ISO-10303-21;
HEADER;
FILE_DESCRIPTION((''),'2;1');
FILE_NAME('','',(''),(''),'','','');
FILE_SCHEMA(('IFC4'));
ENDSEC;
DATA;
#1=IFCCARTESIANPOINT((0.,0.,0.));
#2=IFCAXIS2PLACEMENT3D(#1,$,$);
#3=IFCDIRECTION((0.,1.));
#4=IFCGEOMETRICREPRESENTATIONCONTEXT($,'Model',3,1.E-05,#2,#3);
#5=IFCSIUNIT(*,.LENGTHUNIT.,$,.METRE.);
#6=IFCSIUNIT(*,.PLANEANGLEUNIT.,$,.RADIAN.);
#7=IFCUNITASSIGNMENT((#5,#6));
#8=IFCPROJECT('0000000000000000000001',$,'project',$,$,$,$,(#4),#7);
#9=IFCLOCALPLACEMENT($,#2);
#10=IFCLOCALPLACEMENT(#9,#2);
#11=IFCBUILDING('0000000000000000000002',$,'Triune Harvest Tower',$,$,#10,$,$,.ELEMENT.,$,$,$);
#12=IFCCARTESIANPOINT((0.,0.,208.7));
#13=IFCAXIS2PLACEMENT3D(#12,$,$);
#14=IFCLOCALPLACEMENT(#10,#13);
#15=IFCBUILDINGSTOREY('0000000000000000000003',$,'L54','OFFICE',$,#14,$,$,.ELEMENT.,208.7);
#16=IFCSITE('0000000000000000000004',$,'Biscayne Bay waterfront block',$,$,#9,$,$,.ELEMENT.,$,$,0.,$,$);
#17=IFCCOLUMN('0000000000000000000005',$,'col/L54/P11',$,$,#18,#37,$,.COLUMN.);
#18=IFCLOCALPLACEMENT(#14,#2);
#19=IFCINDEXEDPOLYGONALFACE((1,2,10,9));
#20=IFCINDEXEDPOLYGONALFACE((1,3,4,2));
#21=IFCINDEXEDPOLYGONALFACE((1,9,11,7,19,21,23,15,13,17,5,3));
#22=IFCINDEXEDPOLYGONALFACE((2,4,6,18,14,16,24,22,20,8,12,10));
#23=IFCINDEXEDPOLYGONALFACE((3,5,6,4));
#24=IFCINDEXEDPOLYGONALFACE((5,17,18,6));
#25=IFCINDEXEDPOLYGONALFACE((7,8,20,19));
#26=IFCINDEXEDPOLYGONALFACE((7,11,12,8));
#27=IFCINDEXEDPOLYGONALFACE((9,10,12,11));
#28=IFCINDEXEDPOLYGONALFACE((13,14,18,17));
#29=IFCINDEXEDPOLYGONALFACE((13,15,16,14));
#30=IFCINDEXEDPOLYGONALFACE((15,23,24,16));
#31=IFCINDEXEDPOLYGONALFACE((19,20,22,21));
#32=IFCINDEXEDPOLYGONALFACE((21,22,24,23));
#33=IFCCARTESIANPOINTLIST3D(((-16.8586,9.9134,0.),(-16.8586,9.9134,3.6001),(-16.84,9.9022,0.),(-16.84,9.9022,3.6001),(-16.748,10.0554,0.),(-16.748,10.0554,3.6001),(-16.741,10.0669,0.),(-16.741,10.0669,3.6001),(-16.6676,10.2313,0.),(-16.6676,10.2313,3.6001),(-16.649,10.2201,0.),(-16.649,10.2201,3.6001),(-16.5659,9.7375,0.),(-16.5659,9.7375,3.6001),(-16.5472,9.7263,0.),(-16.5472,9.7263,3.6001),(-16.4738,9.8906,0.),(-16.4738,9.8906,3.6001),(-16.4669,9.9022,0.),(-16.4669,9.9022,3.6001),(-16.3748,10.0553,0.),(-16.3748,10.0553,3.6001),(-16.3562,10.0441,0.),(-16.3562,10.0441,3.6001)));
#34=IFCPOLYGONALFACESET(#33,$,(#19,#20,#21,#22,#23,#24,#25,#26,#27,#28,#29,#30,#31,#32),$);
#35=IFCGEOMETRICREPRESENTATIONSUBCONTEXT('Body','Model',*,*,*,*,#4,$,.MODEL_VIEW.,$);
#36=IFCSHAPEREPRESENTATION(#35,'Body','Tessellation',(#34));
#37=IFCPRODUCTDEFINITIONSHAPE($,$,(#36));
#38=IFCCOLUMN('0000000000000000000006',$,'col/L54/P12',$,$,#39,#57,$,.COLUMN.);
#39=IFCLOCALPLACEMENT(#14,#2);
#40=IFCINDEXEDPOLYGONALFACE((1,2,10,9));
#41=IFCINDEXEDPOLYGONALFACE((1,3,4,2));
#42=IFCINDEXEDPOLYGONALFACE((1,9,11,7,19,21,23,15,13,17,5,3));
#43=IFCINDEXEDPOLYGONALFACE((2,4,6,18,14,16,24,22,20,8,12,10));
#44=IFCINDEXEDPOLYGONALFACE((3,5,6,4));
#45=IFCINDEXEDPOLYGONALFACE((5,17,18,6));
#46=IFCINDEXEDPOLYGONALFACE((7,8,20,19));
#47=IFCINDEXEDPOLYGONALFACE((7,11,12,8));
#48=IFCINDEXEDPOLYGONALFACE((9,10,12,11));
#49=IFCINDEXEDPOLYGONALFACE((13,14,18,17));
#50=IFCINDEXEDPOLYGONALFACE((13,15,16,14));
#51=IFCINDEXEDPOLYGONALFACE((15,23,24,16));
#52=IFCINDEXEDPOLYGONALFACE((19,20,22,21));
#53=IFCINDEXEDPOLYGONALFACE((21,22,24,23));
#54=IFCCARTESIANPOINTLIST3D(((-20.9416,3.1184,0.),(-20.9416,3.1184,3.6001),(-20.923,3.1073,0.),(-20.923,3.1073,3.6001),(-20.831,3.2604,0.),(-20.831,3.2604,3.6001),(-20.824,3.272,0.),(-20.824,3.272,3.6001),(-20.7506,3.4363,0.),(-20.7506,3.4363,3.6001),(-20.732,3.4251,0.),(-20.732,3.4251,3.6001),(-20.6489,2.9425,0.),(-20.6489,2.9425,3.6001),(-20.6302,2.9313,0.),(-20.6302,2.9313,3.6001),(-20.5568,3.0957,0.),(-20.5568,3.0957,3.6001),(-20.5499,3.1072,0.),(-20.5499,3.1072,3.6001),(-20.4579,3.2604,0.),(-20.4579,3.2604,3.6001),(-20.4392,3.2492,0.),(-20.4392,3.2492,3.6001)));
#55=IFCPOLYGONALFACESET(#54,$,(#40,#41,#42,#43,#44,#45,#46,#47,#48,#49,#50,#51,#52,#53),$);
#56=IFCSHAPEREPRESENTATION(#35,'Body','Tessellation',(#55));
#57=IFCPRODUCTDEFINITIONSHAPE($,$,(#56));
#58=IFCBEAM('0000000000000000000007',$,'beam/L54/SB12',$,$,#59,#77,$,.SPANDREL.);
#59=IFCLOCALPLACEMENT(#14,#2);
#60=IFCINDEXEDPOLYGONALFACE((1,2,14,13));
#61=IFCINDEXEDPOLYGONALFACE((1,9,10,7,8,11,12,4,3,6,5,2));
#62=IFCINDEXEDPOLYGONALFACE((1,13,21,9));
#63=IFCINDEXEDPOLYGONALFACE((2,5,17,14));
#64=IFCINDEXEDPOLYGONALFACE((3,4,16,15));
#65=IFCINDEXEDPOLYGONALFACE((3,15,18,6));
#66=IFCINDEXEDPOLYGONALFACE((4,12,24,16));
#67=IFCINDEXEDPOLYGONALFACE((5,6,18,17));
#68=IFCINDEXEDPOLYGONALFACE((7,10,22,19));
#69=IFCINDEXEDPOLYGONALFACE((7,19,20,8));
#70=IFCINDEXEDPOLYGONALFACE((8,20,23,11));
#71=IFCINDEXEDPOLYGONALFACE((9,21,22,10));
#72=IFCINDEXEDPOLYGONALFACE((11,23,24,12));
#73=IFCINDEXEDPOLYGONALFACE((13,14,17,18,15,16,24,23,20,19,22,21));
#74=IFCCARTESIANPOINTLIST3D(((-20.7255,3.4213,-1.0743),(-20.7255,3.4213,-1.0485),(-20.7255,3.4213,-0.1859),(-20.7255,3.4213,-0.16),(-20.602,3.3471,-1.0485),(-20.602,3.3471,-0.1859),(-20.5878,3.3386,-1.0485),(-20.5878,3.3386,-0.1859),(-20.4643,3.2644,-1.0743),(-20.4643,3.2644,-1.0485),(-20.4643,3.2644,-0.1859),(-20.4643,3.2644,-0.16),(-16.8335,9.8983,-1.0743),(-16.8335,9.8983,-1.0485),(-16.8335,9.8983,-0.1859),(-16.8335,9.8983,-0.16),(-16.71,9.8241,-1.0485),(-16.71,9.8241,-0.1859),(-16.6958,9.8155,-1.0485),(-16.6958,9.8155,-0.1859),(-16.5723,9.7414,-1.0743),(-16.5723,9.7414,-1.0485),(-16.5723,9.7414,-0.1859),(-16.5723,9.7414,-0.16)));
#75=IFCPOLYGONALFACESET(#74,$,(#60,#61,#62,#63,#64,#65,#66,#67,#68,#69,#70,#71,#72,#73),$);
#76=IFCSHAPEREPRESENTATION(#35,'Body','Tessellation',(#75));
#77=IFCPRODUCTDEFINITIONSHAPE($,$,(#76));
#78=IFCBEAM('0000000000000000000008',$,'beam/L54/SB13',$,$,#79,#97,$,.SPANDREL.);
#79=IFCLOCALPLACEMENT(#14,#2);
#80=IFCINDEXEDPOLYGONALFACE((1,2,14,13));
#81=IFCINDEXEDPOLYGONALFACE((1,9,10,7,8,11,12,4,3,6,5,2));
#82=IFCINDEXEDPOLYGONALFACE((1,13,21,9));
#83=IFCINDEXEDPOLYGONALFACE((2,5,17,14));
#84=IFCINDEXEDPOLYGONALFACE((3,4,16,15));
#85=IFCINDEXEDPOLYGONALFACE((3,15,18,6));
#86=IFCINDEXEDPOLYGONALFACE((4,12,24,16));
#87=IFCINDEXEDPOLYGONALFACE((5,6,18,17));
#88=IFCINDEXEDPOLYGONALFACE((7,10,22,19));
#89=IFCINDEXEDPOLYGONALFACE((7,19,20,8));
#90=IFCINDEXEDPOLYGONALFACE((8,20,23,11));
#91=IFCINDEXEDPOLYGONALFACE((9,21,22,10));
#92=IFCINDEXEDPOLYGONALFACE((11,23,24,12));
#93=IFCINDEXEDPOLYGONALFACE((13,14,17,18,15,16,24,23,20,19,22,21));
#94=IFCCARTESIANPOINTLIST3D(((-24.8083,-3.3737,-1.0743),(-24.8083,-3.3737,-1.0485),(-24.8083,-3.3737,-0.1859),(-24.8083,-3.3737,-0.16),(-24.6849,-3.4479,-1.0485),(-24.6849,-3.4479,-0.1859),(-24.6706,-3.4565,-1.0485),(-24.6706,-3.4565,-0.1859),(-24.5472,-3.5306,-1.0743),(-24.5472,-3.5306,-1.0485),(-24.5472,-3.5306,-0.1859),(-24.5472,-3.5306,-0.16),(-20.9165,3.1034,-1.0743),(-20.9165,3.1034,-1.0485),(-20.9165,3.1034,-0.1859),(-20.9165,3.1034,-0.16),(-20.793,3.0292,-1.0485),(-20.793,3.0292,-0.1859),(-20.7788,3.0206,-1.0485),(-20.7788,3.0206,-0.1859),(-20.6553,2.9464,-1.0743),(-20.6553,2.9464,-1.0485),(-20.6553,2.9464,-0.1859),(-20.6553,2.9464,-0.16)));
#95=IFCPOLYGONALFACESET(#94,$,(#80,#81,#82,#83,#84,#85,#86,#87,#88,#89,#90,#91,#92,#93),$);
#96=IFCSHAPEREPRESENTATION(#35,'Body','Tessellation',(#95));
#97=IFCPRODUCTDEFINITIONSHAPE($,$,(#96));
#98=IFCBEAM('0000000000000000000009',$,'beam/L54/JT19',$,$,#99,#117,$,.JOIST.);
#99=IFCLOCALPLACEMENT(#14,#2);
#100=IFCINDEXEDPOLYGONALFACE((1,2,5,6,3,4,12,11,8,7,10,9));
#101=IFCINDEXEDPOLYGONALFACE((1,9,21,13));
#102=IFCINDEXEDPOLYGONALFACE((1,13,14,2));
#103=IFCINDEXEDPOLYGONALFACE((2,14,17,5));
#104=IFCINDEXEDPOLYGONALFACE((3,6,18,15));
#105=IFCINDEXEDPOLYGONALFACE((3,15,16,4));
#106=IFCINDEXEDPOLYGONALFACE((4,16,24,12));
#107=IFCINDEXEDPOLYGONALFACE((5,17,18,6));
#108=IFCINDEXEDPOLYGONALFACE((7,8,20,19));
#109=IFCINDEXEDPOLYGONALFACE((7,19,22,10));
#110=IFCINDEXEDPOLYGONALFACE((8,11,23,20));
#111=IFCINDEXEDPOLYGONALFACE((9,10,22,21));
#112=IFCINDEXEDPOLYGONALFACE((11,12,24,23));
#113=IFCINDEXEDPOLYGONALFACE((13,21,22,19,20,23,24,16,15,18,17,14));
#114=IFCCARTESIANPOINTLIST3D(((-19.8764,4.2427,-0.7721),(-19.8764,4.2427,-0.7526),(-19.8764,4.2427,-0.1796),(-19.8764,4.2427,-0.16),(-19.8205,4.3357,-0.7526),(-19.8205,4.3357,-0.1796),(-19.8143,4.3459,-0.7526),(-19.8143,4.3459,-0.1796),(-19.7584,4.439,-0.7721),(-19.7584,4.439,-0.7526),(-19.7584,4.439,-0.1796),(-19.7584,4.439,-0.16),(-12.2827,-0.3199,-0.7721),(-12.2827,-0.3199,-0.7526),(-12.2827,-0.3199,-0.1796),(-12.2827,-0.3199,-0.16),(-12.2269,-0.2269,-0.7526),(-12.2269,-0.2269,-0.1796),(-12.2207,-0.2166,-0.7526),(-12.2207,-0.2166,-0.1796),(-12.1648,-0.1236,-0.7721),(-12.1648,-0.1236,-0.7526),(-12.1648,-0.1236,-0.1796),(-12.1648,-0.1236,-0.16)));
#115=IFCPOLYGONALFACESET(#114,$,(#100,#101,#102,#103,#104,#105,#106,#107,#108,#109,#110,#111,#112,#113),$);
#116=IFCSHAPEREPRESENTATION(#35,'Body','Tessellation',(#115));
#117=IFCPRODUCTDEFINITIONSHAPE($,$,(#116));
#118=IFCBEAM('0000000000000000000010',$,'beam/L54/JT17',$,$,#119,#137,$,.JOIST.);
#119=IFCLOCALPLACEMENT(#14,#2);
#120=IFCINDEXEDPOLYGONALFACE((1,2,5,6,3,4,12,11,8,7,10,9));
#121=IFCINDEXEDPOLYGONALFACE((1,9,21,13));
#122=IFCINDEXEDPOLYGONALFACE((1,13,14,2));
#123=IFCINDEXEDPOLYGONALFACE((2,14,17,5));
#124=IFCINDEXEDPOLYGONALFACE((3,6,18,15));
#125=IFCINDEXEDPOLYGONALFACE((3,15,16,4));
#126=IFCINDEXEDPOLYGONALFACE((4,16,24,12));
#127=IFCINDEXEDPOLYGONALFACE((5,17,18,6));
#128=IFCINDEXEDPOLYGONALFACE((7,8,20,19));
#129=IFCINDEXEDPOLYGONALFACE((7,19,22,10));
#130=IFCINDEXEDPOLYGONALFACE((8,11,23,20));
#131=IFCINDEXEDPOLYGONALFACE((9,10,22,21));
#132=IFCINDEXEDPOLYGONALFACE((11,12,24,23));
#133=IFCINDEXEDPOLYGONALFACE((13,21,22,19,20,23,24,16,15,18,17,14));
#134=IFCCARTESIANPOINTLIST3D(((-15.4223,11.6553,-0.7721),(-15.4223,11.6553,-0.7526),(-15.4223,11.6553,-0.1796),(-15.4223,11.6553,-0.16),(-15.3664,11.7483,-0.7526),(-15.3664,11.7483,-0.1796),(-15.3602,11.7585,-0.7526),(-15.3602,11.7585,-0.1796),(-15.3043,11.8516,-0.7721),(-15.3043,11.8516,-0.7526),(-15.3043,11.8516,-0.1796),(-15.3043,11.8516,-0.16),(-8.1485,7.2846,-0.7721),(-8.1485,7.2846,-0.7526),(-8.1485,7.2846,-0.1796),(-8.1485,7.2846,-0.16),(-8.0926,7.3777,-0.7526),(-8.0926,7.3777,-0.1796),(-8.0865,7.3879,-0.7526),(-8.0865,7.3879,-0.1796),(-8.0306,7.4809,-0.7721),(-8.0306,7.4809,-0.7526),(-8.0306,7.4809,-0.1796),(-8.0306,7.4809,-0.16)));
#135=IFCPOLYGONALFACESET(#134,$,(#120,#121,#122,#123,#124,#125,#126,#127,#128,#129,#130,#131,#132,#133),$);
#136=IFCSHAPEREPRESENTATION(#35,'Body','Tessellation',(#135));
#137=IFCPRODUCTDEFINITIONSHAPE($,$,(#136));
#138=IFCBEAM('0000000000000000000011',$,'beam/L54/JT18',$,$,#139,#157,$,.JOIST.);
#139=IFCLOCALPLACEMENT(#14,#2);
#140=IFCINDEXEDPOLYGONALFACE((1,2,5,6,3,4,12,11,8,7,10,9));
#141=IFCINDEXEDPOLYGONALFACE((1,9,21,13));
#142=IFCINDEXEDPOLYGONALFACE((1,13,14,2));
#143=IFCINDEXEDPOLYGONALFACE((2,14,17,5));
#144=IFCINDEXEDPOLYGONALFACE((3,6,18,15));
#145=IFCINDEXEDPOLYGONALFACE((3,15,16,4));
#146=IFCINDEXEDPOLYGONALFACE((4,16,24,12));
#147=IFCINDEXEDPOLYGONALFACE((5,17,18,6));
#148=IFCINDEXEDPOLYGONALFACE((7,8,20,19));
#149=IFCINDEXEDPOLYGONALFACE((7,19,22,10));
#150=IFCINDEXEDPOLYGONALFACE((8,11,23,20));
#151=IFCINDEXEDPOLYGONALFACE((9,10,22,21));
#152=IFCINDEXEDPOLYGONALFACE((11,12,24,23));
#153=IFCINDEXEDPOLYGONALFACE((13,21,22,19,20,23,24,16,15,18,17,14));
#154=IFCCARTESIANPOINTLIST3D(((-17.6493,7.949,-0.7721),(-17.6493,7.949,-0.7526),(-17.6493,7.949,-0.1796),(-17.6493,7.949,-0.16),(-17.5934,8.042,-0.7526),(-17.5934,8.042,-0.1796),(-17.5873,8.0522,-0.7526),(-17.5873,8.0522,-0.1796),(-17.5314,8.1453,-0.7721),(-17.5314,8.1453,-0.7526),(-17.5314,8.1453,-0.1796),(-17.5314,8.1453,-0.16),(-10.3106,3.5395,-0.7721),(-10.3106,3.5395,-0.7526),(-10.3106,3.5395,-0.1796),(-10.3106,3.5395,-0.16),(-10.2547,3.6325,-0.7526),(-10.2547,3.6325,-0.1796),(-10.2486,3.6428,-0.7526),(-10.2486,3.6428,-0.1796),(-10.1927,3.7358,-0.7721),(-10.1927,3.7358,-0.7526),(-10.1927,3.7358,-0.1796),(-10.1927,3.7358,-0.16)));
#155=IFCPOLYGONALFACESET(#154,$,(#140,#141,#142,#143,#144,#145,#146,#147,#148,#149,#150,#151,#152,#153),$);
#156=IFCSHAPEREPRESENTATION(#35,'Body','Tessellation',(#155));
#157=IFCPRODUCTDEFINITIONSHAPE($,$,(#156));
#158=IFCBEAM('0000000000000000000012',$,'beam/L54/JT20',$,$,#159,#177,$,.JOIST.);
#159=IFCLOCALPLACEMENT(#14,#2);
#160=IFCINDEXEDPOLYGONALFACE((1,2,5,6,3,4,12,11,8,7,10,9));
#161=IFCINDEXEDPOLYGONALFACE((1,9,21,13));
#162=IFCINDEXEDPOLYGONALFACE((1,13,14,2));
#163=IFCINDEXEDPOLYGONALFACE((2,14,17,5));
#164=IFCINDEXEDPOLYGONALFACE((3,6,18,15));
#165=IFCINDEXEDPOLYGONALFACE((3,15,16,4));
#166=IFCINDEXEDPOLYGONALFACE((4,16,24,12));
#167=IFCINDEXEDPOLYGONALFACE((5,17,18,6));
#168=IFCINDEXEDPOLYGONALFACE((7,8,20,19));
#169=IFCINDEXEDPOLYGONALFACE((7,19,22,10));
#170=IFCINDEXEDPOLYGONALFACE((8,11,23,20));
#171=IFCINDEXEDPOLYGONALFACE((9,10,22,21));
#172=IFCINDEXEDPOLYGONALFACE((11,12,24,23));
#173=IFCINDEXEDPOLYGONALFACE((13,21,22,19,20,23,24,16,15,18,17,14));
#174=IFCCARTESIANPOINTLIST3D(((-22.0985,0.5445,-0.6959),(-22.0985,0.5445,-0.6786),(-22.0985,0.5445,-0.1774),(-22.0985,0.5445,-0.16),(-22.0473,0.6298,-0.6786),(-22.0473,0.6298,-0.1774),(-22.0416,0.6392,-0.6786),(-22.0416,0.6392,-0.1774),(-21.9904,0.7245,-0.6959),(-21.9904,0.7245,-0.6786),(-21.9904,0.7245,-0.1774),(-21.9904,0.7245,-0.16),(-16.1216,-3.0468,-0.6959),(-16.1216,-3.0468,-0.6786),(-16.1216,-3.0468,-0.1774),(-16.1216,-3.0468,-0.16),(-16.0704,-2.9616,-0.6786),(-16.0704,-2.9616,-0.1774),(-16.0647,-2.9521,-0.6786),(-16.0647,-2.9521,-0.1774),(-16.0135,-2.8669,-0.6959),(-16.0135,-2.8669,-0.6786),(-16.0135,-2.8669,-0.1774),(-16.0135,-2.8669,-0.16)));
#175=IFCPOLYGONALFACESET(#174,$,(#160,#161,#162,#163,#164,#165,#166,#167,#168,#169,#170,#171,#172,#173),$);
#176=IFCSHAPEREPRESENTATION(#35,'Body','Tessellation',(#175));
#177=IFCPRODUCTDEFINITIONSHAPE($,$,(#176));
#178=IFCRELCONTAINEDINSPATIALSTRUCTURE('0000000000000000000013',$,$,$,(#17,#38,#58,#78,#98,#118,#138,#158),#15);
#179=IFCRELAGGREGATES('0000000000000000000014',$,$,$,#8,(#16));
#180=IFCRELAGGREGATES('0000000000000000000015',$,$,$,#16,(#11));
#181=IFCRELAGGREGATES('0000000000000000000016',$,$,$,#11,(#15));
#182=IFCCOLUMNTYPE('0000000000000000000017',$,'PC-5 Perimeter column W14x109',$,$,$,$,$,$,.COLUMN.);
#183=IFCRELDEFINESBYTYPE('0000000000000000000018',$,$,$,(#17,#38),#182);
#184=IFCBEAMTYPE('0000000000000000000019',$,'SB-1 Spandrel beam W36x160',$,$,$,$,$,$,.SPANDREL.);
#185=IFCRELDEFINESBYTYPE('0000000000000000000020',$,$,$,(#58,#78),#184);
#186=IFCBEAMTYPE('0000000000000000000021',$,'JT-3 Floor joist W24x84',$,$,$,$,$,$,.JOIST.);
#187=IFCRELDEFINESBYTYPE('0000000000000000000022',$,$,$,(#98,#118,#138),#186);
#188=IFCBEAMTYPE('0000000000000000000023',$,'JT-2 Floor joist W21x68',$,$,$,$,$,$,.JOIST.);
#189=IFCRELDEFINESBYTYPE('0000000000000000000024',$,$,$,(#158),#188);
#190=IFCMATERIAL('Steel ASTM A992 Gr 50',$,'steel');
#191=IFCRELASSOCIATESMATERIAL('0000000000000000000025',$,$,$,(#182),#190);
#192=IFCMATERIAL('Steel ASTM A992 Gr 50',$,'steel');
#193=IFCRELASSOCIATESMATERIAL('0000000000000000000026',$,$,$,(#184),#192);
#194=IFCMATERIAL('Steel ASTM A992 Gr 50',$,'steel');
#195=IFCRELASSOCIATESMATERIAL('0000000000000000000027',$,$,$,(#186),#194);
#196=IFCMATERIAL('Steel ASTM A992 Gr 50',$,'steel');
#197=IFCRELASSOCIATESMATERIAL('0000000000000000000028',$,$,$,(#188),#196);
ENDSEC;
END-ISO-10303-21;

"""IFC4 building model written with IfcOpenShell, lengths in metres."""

from ifc_helpers import new_model, si_unit, direction, frame, origin, origin_2d, place, context, subcontext, project, spatial, i_section, extrude, source, transform, mapped, material, material_profile, profile_set, type_object, element, save


model = new_model("IFC4")

# Units and contexts
model_context = context("Model", 3, precision=1e-05, world=origin(), true_north=direction((0.0, 1.0)))
body_context = subcontext(model_context, "Body", "Model", "MODEL_VIEW")
ifc_project = project(units=[si_unit("LENGTHUNIT", "METRE"), si_unit("PLANEANGLEUNIT", "RADIAN")], contexts=[model_context])

# Site, building, storey
site_placement = place(None, origin())
site = spatial("IfcSite", under=ifc_project, at=site_placement, Name="Biscayne Bay waterfront block", CompositionType="ELEMENT", RefElevation=0.0)
building_placement = place(site_placement, origin())
building = spatial("IfcBuilding", under=site, at=building_placement, Name="Triune Harvest Tower", CompositionType="ELEMENT")
storey_placement = place(building_placement, frame((0.0, 0.0, 208.7)))
storey = spatial("IfcBuildingStorey", under=building, at=storey_placement, Name="L54", Description="OFFICE", CompositionType="ELEMENT", Elevation=208.7)

# Columns
ifc_material_1 = material(Name="Steel ASTM A992 Gr 50", Category="steel")
ifc_material_profile_1 = material_profile(ifc_material_1, i_section(OverallWidth=0.3708, OverallDepth=0.3633, WebThickness=0.0134, FlangeThickness=0.0217, at=origin_2d()), Name="W14x109")
ifc_profile_set_1 = profile_set([ifc_material_profile_1], Name="Steel ASTM A992 Gr 50")
column_type = type_object("IfcColumnType", Name="PC-5 Perimeter column W14x109", PredefinedType="COLUMN", material=ifc_profile_set_1)
shared_shape_1 = source(origin(), body_context, "Body", "SweptSolid", [
    extrude(i_section(OverallWidth=0.3708, OverallDepth=0.3633, WebThickness=0.0134, FlangeThickness=0.0217, at=origin_2d()), origin(), (0.0, 0.0, 1.0), 3.6001),
])
for number, where, z_axis, x_axis, name in (
    (1, (-16.6074, 9.9788, 0.0), (0.0, 0.0, 1.0), (-0.515037, -0.857168, 0.0), "col/L54/P11"),
    (2, (-20.6904, 3.1838, 0.0), (0.0, 0.0, 1.0), (-0.515037, -0.857168, 0.0), "col/L54/P12"),
):
    element("IfcColumn", number, at=place(storey_placement, frame(where, z_axis=z_axis, x_axis=x_axis)), inside=storey, type_object=column_type, Name=name, PredefinedType="COLUMN", context=body_context, shape_type="MappedRepresentation", body=[
        mapped(shared_shape_1, transform((0.0, 0.0, 0.0), scale=1.0)),
    ])

# Beams
ifc_material_2 = material(Name="Steel ASTM A992 Gr 50", Category="steel")
ifc_material_profile_2 = material_profile(ifc_material_2, i_section(OverallWidth=0.3047, OverallDepth=0.9143, WebThickness=0.0166, FlangeThickness=0.0259, at=origin_2d()), Name="W36x160")
ifc_profile_set_2 = profile_set([ifc_material_profile_2], Name="Steel ASTM A992 Gr 50")
beam_type_1 = type_object("IfcBeamType", Name="SB-1 Spandrel beam W36x160", PredefinedType="SPANDREL", material=ifc_profile_set_2)
shared_shape_2 = source(origin(), body_context, "Body", "SweptSolid", [
    extrude(i_section(OverallWidth=0.3047, OverallDepth=0.9143, WebThickness=0.0166, FlangeThickness=0.0259, at=origin_2d()), origin(), (0.0, 0.0, 1.0), 7.5564),
])
for number, where, z_axis, x_axis, name in (
    (3, (-16.7029, 9.8198, -0.6172), (-0.515066, -0.857151, 0.0), (0.857151, -0.515066, 0.0), "beam/L54/SB12"),
    (4, (-20.7859, 3.0249, -0.6172), (-0.515042, -0.857165, 0.0), (0.857165, -0.515042, 0.0), "beam/L54/SB13"),
):
    element("IfcBeam", number, at=place(storey_placement, frame(where, z_axis=z_axis, x_axis=x_axis)), inside=storey, type_object=beam_type_1, Name=name, PredefinedType="SPANDREL", context=body_context, shape_type="MappedRepresentation", body=[
        mapped(shared_shape_2, transform((0.0, 0.0, 0.0), scale=1.0)),
    ])
ifc_material_3 = material(Name="Steel ASTM A992 Gr 50", Category="steel")
ifc_material_profile_3 = material_profile(ifc_material_3, i_section(OverallWidth=0.229, OverallDepth=0.6121, WebThickness=0.012, FlangeThickness=0.0195, at=origin_2d()), Name="W24x84")
ifc_profile_set_3 = profile_set([ifc_material_profile_3], Name="Steel ASTM A992 Gr 50")
beam_type_2 = type_object("IfcBeamType", Name="JT-3 Floor joist W24x84", PredefinedType="JOIST", material=ifc_profile_set_3)
shared_shape_3 = source(origin(), body_context, "Body", "SweptSolid", [
    extrude(i_section(OverallWidth=0.229, OverallDepth=0.6121, WebThickness=0.012, FlangeThickness=0.0195, at=origin_2d()), origin(), (0.0, 0.0, 1.0), 8.8589),
])
beam_1_placement = place(storey_placement, frame((-19.8174, 4.3408, -0.4661), z_axis=(0.857174, -0.515027, 0.0), x_axis=(0.515027, 0.857174, 0.0)))
element("IfcBeam", 5, at=beam_1_placement, inside=storey, type_object=beam_type_2, Name="beam/L54/JT19", PredefinedType="JOIST", context=body_context, shape_type="MappedRepresentation", body=[
    mapped(shared_shape_3, transform((0.0, 0.0, 0.0), scale=1.0)),
])
shared_shape_4 = source(origin(), body_context, "Body", "SweptSolid", [
    extrude(i_section(OverallWidth=0.229, OverallDepth=0.6121, WebThickness=0.012, FlangeThickness=0.0195, at=origin_2d()), origin(), (0.0, 0.0, 1.0), 8.4858),
])
beam_2_placement = place(storey_placement, frame((-15.3633, 11.7534, -0.4661), z_axis=(0.85716, -0.51505, 0.0), x_axis=(0.51505, 0.85716, 0.0)))
element("IfcBeam", 6, at=beam_2_placement, inside=storey, type_object=beam_type_2, Name="beam/L54/JT17", PredefinedType="JOIST", context=body_context, shape_type="MappedRepresentation", body=[
    mapped(shared_shape_4, transform((0.0, 0.0, 0.0), scale=1.0)),
])
shared_shape_5 = source(origin(), body_context, "Body", "SweptSolid", [
    extrude(i_section(OverallWidth=0.229, OverallDepth=0.6121, WebThickness=0.012, FlangeThickness=0.0195, at=origin_2d()), origin(), (0.0, 0.0, 1.0), 8.5615),
])
beam_3_placement = place(storey_placement, frame((-17.5903, 8.0471, -0.4661), z_axis=(0.857171, -0.515032, 0.0), x_axis=(0.515032, 0.857171, 0.0)))
element("IfcBeam", 7, at=beam_3_placement, inside=storey, type_object=beam_type_2, Name="beam/L54/JT18", PredefinedType="JOIST", context=body_context, shape_type="MappedRepresentation", body=[
    mapped(shared_shape_5, transform((0.0, 0.0, 0.0), scale=1.0)),
])
ifc_material_4 = material(Name="Steel ASTM A992 Gr 50", Category="steel")
ifc_material_profile_4 = material_profile(ifc_material_4, i_section(OverallWidth=0.21, OverallDepth=0.5359, WebThickness=0.011, FlangeThickness=0.0173, at=origin_2d()), Name="W21x68")
ifc_profile_set_4 = profile_set([ifc_material_profile_4], Name="Steel ASTM A992 Gr 50")
beam_type_3 = type_object("IfcBeamType", Name="JT-2 Floor joist W21x68", PredefinedType="JOIST", material=ifc_profile_set_4)
shared_shape_6 = source(origin(), body_context, "Body", "SweptSolid", [
    extrude(i_section(OverallWidth=0.21, OverallDepth=0.5359, WebThickness=0.011, FlangeThickness=0.0173, at=origin_2d()), origin(), (0.0, 0.0, 1.0), 6.9729),
])
beam_4_placement = place(storey_placement, frame((-22.0444, 0.6345, -0.428), z_axis=(0.857162, -0.515047, 0.0), x_axis=(0.515047, 0.857162, 0.0)))
element("IfcBeam", 8, at=beam_4_placement, inside=storey, type_object=beam_type_3, Name="beam/L54/JT20", PredefinedType="JOIST", context=body_context, shape_type="MappedRepresentation", body=[
    mapped(shared_shape_6, transform((0.0, 0.0, 0.0), scale=1.0)),
])

save(model, "model.ifc")
